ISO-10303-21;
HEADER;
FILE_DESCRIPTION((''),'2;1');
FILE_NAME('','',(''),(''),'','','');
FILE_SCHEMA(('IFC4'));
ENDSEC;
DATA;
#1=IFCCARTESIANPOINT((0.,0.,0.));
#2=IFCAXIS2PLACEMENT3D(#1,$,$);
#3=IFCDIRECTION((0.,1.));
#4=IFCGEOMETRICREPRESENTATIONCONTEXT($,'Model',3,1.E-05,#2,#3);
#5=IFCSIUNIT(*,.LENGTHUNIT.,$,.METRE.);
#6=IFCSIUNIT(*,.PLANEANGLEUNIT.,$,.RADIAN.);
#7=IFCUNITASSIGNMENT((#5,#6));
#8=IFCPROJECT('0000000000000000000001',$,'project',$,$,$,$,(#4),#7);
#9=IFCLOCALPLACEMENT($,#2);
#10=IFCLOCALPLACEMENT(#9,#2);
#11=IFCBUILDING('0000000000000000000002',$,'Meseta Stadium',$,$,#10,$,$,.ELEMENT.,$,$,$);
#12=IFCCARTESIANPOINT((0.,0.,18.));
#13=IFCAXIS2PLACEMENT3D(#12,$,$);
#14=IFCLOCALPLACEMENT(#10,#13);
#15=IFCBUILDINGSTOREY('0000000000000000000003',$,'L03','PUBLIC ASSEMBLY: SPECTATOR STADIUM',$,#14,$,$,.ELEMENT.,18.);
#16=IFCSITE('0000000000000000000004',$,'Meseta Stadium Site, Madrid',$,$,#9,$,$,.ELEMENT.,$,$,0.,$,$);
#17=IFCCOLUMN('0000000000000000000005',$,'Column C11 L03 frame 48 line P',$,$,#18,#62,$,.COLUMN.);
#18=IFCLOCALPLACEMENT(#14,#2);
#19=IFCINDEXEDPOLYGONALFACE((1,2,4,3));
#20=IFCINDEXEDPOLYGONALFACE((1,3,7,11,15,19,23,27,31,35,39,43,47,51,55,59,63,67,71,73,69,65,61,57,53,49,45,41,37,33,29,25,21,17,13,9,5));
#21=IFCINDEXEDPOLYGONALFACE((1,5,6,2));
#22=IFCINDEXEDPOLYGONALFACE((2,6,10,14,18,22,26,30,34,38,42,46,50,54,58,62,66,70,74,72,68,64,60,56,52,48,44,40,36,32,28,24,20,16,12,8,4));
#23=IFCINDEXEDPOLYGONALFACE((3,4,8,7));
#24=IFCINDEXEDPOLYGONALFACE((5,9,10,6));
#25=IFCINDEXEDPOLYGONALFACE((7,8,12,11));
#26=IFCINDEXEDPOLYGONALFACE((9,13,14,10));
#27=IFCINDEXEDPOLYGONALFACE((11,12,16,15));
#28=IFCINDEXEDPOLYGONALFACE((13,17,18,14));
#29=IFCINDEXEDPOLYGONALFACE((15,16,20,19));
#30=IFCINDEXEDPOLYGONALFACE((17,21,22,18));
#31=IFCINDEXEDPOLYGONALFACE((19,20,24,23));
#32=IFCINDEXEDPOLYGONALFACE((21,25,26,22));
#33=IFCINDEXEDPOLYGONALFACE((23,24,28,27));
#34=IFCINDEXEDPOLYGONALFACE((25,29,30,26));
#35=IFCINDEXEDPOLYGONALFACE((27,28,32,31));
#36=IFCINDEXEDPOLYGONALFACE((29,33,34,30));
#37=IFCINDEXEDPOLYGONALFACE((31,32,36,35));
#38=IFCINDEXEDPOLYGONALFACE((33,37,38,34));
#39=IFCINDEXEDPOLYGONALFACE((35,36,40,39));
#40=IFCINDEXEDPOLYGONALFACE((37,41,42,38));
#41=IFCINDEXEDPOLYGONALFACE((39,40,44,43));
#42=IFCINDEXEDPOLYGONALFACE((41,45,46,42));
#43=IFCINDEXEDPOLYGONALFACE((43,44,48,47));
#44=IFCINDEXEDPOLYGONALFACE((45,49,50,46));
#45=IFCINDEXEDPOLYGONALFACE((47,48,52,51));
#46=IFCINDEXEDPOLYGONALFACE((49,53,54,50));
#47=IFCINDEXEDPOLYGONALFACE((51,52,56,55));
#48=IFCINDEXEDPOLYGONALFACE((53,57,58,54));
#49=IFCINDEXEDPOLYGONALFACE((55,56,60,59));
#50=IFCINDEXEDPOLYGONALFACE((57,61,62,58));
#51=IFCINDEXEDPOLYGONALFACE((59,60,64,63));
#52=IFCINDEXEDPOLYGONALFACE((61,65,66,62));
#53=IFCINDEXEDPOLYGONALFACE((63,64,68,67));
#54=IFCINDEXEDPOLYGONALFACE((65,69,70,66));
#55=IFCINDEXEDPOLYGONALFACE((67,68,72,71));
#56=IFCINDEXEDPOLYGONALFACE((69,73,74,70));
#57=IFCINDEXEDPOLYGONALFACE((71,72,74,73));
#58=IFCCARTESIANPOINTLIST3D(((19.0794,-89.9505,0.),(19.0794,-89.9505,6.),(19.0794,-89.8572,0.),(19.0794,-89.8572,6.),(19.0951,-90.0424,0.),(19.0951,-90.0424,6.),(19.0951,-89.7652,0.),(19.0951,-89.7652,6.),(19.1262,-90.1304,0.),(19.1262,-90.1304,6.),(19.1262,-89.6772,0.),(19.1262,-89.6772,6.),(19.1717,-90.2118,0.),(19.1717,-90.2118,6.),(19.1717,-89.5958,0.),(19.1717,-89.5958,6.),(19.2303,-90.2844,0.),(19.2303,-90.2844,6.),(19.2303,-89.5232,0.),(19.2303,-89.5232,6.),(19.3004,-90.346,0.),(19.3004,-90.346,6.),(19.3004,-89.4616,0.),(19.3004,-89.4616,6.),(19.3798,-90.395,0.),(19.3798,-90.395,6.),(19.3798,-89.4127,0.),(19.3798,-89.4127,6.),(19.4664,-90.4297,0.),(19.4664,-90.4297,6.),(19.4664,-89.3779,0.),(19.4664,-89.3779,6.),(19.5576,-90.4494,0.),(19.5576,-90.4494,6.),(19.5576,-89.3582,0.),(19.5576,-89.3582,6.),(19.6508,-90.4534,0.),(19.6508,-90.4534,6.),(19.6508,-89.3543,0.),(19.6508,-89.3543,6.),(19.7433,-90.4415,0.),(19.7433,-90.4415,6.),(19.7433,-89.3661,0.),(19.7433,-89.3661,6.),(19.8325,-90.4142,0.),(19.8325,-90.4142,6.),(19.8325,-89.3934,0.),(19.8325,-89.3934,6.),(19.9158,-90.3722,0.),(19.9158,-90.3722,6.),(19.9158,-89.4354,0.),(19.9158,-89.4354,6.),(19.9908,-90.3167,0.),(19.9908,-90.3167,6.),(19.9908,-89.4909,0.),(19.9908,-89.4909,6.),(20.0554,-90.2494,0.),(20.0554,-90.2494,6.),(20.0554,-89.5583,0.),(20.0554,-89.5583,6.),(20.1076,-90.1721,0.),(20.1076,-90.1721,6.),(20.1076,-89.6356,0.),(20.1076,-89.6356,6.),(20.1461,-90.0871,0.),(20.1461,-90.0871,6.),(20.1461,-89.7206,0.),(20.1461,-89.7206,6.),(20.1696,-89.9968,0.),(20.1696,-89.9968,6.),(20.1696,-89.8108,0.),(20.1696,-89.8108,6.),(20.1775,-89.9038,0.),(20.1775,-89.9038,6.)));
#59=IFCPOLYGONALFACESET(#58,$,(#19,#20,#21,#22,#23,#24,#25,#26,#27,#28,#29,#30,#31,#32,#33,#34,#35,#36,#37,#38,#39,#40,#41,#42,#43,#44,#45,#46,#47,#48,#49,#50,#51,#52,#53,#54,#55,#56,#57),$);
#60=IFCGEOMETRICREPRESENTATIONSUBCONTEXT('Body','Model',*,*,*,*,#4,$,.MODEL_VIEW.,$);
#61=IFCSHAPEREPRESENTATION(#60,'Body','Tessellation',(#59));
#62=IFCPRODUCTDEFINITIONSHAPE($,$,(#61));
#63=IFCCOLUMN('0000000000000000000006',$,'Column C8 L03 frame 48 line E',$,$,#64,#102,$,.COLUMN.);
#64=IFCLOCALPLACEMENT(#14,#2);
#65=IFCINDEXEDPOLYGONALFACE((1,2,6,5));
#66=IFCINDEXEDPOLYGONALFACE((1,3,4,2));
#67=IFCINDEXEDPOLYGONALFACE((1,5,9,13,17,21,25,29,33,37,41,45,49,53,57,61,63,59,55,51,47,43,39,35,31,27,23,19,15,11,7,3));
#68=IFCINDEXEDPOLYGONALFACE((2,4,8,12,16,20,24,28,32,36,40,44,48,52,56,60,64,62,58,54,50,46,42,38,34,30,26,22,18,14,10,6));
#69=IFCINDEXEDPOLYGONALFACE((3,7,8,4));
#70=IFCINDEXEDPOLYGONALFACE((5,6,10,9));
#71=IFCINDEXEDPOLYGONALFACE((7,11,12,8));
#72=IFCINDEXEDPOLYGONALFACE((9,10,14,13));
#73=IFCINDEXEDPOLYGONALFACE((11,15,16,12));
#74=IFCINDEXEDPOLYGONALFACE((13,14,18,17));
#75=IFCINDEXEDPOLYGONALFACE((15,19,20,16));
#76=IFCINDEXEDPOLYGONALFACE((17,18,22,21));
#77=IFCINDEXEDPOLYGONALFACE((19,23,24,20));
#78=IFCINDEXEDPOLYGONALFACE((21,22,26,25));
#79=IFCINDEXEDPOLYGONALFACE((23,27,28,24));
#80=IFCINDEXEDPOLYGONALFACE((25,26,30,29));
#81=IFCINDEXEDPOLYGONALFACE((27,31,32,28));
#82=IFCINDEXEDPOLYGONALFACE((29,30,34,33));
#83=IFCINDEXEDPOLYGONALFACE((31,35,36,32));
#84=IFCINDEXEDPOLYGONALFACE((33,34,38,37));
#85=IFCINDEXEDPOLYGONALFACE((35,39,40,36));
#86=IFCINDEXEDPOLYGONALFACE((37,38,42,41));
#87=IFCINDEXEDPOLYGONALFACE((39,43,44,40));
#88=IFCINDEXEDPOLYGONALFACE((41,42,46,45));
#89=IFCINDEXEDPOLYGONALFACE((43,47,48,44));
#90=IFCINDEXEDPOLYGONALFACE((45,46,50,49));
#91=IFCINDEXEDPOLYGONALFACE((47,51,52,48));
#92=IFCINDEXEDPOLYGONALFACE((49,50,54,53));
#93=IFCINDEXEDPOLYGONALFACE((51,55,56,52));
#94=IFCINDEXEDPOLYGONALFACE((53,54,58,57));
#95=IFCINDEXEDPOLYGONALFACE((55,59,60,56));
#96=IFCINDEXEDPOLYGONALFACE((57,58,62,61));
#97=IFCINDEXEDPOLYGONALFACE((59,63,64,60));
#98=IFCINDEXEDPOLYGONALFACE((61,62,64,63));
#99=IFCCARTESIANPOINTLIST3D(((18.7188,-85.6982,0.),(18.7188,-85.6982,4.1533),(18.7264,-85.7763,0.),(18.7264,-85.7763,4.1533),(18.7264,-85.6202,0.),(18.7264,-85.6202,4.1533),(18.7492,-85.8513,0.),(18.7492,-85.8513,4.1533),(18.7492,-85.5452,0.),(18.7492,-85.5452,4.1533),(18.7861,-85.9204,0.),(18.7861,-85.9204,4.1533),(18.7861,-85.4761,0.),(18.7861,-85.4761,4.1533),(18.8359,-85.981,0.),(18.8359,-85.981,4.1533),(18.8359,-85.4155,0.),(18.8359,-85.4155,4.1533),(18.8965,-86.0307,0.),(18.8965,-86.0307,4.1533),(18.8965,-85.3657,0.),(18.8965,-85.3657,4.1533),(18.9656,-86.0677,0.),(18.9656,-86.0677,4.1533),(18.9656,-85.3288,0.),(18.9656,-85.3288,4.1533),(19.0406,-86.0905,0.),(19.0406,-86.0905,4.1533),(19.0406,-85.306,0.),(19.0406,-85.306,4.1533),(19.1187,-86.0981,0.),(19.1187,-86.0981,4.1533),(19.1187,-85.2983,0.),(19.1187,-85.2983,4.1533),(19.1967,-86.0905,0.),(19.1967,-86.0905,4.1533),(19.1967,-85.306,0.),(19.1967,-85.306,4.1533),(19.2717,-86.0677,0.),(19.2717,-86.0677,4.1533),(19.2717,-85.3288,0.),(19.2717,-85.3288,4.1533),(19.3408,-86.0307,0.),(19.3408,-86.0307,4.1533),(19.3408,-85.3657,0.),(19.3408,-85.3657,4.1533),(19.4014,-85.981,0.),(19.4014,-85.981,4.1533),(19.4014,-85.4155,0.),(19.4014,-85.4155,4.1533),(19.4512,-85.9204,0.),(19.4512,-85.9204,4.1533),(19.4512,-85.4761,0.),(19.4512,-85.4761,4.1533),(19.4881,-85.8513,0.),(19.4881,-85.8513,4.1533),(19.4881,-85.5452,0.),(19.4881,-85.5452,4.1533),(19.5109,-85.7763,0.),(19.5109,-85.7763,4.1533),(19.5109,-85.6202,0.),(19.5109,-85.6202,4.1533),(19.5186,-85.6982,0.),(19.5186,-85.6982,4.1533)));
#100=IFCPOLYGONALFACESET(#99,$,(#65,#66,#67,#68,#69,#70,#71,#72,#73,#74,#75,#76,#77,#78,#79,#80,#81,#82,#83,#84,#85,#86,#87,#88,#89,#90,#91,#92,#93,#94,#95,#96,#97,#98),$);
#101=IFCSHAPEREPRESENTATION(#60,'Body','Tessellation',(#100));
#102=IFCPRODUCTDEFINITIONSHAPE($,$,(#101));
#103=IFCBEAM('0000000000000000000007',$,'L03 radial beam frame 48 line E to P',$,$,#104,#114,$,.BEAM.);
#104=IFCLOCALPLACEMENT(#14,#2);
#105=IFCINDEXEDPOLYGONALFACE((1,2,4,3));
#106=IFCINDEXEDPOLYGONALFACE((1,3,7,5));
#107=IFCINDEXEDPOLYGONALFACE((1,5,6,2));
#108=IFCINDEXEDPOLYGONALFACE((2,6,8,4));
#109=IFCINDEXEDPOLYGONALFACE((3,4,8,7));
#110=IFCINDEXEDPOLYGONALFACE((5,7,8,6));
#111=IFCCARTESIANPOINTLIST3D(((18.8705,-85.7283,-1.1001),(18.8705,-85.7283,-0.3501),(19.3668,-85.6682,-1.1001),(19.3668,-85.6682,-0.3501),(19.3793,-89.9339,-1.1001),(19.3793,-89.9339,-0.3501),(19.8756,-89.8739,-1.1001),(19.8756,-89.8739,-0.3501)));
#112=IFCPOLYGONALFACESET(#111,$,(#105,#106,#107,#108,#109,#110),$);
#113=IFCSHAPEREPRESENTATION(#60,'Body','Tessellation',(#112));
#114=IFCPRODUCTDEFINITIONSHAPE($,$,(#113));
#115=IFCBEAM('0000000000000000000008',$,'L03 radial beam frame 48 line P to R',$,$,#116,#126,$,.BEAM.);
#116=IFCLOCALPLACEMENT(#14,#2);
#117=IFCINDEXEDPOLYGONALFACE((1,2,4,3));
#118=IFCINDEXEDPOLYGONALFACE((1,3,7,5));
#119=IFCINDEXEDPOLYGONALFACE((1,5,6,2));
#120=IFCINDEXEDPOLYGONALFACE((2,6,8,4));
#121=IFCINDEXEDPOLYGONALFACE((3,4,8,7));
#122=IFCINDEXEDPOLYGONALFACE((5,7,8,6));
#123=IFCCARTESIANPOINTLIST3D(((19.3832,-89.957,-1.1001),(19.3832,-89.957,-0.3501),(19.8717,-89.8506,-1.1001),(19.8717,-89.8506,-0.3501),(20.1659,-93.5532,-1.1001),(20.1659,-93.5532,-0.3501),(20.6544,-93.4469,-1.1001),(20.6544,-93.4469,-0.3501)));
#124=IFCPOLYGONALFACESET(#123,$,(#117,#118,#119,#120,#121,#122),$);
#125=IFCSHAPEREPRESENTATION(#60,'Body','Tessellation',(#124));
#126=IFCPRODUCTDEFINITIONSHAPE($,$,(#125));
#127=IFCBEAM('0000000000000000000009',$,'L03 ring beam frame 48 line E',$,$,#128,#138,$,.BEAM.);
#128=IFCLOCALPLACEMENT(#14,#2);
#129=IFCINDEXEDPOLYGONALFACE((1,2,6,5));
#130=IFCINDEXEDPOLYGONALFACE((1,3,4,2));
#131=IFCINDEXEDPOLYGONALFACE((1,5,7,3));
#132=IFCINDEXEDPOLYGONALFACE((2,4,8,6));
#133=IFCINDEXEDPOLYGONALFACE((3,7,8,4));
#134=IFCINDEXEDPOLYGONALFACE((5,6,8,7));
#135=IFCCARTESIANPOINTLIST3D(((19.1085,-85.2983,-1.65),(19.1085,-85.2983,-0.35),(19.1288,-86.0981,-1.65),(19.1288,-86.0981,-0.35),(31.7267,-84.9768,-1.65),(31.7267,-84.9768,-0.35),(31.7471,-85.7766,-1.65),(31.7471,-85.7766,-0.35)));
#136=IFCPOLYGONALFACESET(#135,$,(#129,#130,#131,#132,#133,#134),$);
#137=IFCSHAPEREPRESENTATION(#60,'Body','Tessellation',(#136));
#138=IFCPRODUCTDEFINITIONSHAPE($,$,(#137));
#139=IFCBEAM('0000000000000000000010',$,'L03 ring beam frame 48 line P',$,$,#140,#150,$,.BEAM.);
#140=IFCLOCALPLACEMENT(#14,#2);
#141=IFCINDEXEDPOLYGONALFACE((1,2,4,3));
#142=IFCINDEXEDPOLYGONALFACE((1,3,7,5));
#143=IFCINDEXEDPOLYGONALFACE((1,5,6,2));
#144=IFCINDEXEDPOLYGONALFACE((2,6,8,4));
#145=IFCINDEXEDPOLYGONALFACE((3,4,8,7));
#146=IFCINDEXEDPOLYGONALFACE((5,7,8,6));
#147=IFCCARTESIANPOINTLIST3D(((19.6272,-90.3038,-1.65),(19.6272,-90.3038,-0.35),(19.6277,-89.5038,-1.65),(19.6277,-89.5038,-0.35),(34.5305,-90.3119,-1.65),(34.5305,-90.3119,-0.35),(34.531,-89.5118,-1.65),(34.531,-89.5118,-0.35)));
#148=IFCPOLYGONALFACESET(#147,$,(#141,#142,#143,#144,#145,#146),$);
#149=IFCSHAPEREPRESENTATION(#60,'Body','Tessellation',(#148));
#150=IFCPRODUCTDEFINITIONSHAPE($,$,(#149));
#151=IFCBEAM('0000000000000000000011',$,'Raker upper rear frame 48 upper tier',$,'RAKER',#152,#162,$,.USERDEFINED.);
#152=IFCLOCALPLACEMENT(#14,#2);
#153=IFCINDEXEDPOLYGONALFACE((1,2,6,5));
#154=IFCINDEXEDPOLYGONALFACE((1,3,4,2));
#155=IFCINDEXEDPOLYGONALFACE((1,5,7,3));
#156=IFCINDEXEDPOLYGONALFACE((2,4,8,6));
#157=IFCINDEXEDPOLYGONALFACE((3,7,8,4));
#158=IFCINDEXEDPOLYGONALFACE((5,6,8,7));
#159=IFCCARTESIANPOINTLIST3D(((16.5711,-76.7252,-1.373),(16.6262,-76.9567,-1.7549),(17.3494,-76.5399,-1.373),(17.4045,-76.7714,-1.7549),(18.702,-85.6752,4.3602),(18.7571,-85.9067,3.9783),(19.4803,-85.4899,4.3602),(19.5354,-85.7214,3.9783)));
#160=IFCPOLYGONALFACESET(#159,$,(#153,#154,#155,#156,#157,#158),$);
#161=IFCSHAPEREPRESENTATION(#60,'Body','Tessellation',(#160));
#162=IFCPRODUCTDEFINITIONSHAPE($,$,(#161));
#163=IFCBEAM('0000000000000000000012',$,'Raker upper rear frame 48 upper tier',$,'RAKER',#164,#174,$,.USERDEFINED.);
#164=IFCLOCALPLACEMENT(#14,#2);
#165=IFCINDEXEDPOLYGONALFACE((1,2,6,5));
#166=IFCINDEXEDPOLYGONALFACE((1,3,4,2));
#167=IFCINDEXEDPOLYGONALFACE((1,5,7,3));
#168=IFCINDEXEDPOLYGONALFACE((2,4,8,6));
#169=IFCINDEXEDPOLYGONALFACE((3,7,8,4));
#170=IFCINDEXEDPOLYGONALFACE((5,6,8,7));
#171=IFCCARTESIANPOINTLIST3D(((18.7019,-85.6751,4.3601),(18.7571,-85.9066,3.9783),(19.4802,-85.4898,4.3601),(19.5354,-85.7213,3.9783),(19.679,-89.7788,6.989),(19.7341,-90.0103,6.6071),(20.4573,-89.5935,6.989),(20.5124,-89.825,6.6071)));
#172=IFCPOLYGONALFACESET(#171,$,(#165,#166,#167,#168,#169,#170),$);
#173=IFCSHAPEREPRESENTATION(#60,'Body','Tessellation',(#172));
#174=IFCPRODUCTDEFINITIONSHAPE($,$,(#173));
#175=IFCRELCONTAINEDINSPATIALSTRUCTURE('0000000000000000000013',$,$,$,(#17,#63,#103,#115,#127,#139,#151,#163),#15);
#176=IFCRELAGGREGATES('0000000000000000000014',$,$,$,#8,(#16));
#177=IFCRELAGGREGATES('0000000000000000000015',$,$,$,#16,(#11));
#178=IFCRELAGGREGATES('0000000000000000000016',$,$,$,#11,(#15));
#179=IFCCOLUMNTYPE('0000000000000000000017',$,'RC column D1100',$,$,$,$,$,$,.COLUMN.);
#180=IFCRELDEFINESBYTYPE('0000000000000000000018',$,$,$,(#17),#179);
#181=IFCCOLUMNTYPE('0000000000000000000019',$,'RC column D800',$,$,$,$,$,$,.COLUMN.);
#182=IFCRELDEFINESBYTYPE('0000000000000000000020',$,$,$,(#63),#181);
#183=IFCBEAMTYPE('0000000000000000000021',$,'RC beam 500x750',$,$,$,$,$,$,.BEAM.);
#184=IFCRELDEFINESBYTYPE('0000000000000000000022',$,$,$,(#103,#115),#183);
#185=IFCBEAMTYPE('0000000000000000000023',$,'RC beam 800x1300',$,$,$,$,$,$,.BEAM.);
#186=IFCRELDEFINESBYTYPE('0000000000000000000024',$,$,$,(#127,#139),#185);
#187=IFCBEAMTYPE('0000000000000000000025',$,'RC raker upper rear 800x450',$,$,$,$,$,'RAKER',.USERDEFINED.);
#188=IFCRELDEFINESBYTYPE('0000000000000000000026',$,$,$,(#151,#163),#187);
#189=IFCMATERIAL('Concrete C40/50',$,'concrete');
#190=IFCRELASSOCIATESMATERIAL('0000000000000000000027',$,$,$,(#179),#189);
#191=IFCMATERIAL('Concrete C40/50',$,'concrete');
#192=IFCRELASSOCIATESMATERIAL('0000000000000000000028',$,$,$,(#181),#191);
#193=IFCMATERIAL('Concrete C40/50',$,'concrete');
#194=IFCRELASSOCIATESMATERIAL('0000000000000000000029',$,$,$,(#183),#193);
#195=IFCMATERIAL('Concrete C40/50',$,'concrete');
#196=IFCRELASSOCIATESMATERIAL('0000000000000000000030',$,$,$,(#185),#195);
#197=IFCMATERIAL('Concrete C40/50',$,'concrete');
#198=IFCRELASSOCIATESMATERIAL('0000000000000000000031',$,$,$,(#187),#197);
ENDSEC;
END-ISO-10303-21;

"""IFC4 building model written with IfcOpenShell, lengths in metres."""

from ifc_helpers import new_model, si_unit, direction, frame, origin, origin_2d, place, context, subcontext, project, spatial, rectangle, circle, extrude, material, material_profile, profile_set, type_object, element, save


model = new_model("IFC4")

# Units and contexts
model_context = context("Model", 3, precision=1e-05, world=origin(), true_north=direction((0.0, 1.0)))
body_context = subcontext(model_context, "Body", "Model", "MODEL_VIEW")
ifc_project = project(units=[si_unit("LENGTHUNIT", "METRE"), si_unit("PLANEANGLEUNIT", "RADIAN")], contexts=[model_context])

# Site, building, storey
site_placement = place(None, origin())
site = spatial("IfcSite", under=ifc_project, at=site_placement, Name="Meseta Stadium Site, Madrid", CompositionType="ELEMENT", RefElevation=0.0)
building_placement = place(site_placement, origin())
building = spatial("IfcBuilding", under=site, at=building_placement, Name="Meseta Stadium", CompositionType="ELEMENT")
storey_placement = place(building_placement, frame((0.0, 0.0, 18.0)))
storey = spatial("IfcBuildingStorey", under=building, at=storey_placement, Name="L03", Description="PUBLIC ASSEMBLY: SPECTATOR STADIUM", CompositionType="ELEMENT", Elevation=18.0)

# Columns
ifc_material_1 = material(Name="Concrete C40/50", Category="concrete")
ifc_material_profile_1 = material_profile(ifc_material_1, circle(Radius=0.55, at=origin_2d()), Name="RC D1100")
ifc_profile_set_1 = profile_set([ifc_material_profile_1], Name="Concrete C40/50")
column_type_1 = type_object("IfcColumnType", Name="RC column D1100", PredefinedType="COLUMN", material=ifc_profile_set_1)
column_1_placement = place(storey_placement, frame((19.6274, -89.9038, 0.0), z_axis=(0.0, 0.0, 1.0), x_axis=(1.0, 0.0, 0.0)))
element("IfcColumn", 1, at=column_1_placement, inside=storey, type_object=column_type_1, Name="Column C11 L03 frame 48 line P", PredefinedType="COLUMN", context=body_context, shape_type="SweptSolid", body=[
    extrude(circle(Radius=0.55, at=origin_2d()), origin(), (0.0, 0.0, 1.0), 6.0),
])
ifc_material_2 = material(Name="Concrete C40/50", Category="concrete")
ifc_material_profile_2 = material_profile(ifc_material_2, circle(Radius=0.3999, at=origin_2d()), Name="RC D800")
ifc_profile_set_2 = profile_set([ifc_material_profile_2], Name="Concrete C40/50")
column_type_2 = type_object("IfcColumnType", Name="RC column D800", PredefinedType="COLUMN", material=ifc_profile_set_2)
column_2_placement = place(storey_placement, frame((19.1187, -85.6982, 0.0), z_axis=(0.0, 0.0, 1.0), x_axis=(1.0, 0.0, 0.0)))
element("IfcColumn", 2, at=column_2_placement, inside=storey, type_object=column_type_2, Name="Column C8 L03 frame 48 line E", PredefinedType="COLUMN", context=body_context, shape_type="SweptSolid", body=[
    extrude(circle(Radius=0.3999, at=origin_2d()), origin(), (0.0, 0.0, 1.0), 4.1533),
])

# Beams
ifc_material_3 = material(Name="Concrete C40/50", Category="concrete")
ifc_material_profile_3 = material_profile(ifc_material_3, rectangle(XDim=0.5, YDim=0.75, at=origin_2d()), Name="RC 500x750")
ifc_profile_set_3 = profile_set([ifc_material_profile_3], Name="Concrete C40/50")
beam_type_1 = type_object("IfcBeamType", Name="RC beam 500x750", PredefinedType="BEAM", material=ifc_profile_set_3)
beam_1_placement = place(storey_placement, frame((19.1187, -85.6982, -0.7251), z_axis=(0.120104, -0.992761, 0.0), x_axis=(0.992761, 0.120104, 0.0)))
element("IfcBeam", 3, at=beam_1_placement, inside=storey, type_object=beam_type_1, Name="L03 radial beam frame 48 line E to P", PredefinedType="BEAM", context=body_context, shape_type="SweptSolid", body=[
    extrude(rectangle(XDim=0.5, YDim=0.75, at=origin_2d()), origin(), (0.0, 0.0, 1.0), 4.2363),
])
beam_2_placement = place(storey_placement, frame((19.6274, -89.9038, -0.7251), z_axis=(0.212672, -0.977124, 0.0), x_axis=(0.977124, 0.212672, 0.0)))
element("IfcBeam", 4, at=beam_2_placement, inside=storey, type_object=beam_type_1, Name="L03 radial beam frame 48 line P to R", PredefinedType="BEAM", context=body_context, shape_type="SweptSolid", body=[
    extrude(rectangle(XDim=0.5, YDim=0.75, at=origin_2d()), origin(), (0.0, 0.0, 1.0), 3.6804),
])
ifc_material_4 = material(Name="Concrete C40/50", Category="concrete")
ifc_material_profile_4 = material_profile(ifc_material_4, rectangle(XDim=0.8, YDim=1.3, at=origin_2d()), Name="RC 800x1300")
ifc_profile_set_4 = profile_set([ifc_material_profile_4], Name="Concrete C40/50")
beam_type_2 = type_object("IfcBeamType", Name="RC beam 800x1300", PredefinedType="BEAM", material=ifc_profile_set_4)
beam_3_placement = place(storey_placement, frame((19.1187, -85.6982, -1.0), z_axis=(0.999675, 0.025474, 0.0), x_axis=(-0.025474, 0.999675, 0.0)))
element("IfcBeam", 5, at=beam_3_placement, inside=storey, type_object=beam_type_2, Name="L03 ring beam frame 48 line E", PredefinedType="BEAM", context=body_context, shape_type="SweptSolid", body=[
    extrude(rectangle(XDim=0.8, YDim=1.3, at=origin_2d()), origin(), (0.0, 0.0, 1.0), 12.6223),
])
beam_4_placement = place(storey_placement, frame((19.6274, -89.9038, -1.0), z_axis=(1.0, -0.000541, 0.0), x_axis=(0.000541, 1.0, 0.0)))
element("IfcBeam", 6, at=beam_4_placement, inside=storey, type_object=beam_type_2, Name="L03 ring beam frame 48 line P", PredefinedType="BEAM", context=body_context, shape_type="SweptSolid", body=[
    extrude(rectangle(XDim=0.8, YDim=1.3, at=origin_2d()), origin(), (0.0, 0.0, 1.0), 14.9033),
])
ifc_material_5 = material(Name="Concrete C40/50", Category="concrete")
ifc_material_profile_5 = material_profile(ifc_material_5, rectangle(XDim=0.8, YDim=0.45, at=origin_2d()), Name="RC 800x450")
ifc_profile_set_5 = profile_set([ifc_material_profile_5], Name="Concrete C40/50")
beam_type_3 = type_object("IfcBeamType", Name="RC raker upper rear 800x450", ElementType="RAKER", PredefinedType="USERDEFINED", material=ifc_profile_set_5)
beam_5_placement = place(storey_placement, frame((16.9878, -76.7483, -1.564), z_axis=(0.196569, -0.825621, 0.528876), x_axis=(0.972808, 0.231612, 0.0)))
element("IfcBeam", 7, at=beam_5_placement, inside=storey, type_object=beam_type_3, Name="Raker upper rear frame 48 upper tier", ObjectType="RAKER", PredefinedType="USERDEFINED", context=body_context, shape_type="SweptSolid", body=[
    extrude(rectangle(XDim=0.8, YDim=0.45, at=origin_2d()), origin(), (0.0, 0.0, 1.0), 10.8403),
])
beam_6_placement = place(storey_placement, frame((19.1187, -85.6982, 4.1692), z_axis=(0.196567, -0.825611, 0.528894), x_axis=(0.972808, 0.231613, 0.0)))
element("IfcBeam", 8, at=beam_6_placement, inside=storey, type_object=beam_type_3, Name="Raker upper rear frame 48 upper tier", ObjectType="RAKER", PredefinedType="USERDEFINED", context=body_context, shape_type="SweptSolid", body=[
    extrude(rectangle(XDim=0.8, YDim=0.45, at=origin_2d()), origin(), (0.0, 0.0, 1.0), 4.9705),
])

save(model, "model.ifc")
